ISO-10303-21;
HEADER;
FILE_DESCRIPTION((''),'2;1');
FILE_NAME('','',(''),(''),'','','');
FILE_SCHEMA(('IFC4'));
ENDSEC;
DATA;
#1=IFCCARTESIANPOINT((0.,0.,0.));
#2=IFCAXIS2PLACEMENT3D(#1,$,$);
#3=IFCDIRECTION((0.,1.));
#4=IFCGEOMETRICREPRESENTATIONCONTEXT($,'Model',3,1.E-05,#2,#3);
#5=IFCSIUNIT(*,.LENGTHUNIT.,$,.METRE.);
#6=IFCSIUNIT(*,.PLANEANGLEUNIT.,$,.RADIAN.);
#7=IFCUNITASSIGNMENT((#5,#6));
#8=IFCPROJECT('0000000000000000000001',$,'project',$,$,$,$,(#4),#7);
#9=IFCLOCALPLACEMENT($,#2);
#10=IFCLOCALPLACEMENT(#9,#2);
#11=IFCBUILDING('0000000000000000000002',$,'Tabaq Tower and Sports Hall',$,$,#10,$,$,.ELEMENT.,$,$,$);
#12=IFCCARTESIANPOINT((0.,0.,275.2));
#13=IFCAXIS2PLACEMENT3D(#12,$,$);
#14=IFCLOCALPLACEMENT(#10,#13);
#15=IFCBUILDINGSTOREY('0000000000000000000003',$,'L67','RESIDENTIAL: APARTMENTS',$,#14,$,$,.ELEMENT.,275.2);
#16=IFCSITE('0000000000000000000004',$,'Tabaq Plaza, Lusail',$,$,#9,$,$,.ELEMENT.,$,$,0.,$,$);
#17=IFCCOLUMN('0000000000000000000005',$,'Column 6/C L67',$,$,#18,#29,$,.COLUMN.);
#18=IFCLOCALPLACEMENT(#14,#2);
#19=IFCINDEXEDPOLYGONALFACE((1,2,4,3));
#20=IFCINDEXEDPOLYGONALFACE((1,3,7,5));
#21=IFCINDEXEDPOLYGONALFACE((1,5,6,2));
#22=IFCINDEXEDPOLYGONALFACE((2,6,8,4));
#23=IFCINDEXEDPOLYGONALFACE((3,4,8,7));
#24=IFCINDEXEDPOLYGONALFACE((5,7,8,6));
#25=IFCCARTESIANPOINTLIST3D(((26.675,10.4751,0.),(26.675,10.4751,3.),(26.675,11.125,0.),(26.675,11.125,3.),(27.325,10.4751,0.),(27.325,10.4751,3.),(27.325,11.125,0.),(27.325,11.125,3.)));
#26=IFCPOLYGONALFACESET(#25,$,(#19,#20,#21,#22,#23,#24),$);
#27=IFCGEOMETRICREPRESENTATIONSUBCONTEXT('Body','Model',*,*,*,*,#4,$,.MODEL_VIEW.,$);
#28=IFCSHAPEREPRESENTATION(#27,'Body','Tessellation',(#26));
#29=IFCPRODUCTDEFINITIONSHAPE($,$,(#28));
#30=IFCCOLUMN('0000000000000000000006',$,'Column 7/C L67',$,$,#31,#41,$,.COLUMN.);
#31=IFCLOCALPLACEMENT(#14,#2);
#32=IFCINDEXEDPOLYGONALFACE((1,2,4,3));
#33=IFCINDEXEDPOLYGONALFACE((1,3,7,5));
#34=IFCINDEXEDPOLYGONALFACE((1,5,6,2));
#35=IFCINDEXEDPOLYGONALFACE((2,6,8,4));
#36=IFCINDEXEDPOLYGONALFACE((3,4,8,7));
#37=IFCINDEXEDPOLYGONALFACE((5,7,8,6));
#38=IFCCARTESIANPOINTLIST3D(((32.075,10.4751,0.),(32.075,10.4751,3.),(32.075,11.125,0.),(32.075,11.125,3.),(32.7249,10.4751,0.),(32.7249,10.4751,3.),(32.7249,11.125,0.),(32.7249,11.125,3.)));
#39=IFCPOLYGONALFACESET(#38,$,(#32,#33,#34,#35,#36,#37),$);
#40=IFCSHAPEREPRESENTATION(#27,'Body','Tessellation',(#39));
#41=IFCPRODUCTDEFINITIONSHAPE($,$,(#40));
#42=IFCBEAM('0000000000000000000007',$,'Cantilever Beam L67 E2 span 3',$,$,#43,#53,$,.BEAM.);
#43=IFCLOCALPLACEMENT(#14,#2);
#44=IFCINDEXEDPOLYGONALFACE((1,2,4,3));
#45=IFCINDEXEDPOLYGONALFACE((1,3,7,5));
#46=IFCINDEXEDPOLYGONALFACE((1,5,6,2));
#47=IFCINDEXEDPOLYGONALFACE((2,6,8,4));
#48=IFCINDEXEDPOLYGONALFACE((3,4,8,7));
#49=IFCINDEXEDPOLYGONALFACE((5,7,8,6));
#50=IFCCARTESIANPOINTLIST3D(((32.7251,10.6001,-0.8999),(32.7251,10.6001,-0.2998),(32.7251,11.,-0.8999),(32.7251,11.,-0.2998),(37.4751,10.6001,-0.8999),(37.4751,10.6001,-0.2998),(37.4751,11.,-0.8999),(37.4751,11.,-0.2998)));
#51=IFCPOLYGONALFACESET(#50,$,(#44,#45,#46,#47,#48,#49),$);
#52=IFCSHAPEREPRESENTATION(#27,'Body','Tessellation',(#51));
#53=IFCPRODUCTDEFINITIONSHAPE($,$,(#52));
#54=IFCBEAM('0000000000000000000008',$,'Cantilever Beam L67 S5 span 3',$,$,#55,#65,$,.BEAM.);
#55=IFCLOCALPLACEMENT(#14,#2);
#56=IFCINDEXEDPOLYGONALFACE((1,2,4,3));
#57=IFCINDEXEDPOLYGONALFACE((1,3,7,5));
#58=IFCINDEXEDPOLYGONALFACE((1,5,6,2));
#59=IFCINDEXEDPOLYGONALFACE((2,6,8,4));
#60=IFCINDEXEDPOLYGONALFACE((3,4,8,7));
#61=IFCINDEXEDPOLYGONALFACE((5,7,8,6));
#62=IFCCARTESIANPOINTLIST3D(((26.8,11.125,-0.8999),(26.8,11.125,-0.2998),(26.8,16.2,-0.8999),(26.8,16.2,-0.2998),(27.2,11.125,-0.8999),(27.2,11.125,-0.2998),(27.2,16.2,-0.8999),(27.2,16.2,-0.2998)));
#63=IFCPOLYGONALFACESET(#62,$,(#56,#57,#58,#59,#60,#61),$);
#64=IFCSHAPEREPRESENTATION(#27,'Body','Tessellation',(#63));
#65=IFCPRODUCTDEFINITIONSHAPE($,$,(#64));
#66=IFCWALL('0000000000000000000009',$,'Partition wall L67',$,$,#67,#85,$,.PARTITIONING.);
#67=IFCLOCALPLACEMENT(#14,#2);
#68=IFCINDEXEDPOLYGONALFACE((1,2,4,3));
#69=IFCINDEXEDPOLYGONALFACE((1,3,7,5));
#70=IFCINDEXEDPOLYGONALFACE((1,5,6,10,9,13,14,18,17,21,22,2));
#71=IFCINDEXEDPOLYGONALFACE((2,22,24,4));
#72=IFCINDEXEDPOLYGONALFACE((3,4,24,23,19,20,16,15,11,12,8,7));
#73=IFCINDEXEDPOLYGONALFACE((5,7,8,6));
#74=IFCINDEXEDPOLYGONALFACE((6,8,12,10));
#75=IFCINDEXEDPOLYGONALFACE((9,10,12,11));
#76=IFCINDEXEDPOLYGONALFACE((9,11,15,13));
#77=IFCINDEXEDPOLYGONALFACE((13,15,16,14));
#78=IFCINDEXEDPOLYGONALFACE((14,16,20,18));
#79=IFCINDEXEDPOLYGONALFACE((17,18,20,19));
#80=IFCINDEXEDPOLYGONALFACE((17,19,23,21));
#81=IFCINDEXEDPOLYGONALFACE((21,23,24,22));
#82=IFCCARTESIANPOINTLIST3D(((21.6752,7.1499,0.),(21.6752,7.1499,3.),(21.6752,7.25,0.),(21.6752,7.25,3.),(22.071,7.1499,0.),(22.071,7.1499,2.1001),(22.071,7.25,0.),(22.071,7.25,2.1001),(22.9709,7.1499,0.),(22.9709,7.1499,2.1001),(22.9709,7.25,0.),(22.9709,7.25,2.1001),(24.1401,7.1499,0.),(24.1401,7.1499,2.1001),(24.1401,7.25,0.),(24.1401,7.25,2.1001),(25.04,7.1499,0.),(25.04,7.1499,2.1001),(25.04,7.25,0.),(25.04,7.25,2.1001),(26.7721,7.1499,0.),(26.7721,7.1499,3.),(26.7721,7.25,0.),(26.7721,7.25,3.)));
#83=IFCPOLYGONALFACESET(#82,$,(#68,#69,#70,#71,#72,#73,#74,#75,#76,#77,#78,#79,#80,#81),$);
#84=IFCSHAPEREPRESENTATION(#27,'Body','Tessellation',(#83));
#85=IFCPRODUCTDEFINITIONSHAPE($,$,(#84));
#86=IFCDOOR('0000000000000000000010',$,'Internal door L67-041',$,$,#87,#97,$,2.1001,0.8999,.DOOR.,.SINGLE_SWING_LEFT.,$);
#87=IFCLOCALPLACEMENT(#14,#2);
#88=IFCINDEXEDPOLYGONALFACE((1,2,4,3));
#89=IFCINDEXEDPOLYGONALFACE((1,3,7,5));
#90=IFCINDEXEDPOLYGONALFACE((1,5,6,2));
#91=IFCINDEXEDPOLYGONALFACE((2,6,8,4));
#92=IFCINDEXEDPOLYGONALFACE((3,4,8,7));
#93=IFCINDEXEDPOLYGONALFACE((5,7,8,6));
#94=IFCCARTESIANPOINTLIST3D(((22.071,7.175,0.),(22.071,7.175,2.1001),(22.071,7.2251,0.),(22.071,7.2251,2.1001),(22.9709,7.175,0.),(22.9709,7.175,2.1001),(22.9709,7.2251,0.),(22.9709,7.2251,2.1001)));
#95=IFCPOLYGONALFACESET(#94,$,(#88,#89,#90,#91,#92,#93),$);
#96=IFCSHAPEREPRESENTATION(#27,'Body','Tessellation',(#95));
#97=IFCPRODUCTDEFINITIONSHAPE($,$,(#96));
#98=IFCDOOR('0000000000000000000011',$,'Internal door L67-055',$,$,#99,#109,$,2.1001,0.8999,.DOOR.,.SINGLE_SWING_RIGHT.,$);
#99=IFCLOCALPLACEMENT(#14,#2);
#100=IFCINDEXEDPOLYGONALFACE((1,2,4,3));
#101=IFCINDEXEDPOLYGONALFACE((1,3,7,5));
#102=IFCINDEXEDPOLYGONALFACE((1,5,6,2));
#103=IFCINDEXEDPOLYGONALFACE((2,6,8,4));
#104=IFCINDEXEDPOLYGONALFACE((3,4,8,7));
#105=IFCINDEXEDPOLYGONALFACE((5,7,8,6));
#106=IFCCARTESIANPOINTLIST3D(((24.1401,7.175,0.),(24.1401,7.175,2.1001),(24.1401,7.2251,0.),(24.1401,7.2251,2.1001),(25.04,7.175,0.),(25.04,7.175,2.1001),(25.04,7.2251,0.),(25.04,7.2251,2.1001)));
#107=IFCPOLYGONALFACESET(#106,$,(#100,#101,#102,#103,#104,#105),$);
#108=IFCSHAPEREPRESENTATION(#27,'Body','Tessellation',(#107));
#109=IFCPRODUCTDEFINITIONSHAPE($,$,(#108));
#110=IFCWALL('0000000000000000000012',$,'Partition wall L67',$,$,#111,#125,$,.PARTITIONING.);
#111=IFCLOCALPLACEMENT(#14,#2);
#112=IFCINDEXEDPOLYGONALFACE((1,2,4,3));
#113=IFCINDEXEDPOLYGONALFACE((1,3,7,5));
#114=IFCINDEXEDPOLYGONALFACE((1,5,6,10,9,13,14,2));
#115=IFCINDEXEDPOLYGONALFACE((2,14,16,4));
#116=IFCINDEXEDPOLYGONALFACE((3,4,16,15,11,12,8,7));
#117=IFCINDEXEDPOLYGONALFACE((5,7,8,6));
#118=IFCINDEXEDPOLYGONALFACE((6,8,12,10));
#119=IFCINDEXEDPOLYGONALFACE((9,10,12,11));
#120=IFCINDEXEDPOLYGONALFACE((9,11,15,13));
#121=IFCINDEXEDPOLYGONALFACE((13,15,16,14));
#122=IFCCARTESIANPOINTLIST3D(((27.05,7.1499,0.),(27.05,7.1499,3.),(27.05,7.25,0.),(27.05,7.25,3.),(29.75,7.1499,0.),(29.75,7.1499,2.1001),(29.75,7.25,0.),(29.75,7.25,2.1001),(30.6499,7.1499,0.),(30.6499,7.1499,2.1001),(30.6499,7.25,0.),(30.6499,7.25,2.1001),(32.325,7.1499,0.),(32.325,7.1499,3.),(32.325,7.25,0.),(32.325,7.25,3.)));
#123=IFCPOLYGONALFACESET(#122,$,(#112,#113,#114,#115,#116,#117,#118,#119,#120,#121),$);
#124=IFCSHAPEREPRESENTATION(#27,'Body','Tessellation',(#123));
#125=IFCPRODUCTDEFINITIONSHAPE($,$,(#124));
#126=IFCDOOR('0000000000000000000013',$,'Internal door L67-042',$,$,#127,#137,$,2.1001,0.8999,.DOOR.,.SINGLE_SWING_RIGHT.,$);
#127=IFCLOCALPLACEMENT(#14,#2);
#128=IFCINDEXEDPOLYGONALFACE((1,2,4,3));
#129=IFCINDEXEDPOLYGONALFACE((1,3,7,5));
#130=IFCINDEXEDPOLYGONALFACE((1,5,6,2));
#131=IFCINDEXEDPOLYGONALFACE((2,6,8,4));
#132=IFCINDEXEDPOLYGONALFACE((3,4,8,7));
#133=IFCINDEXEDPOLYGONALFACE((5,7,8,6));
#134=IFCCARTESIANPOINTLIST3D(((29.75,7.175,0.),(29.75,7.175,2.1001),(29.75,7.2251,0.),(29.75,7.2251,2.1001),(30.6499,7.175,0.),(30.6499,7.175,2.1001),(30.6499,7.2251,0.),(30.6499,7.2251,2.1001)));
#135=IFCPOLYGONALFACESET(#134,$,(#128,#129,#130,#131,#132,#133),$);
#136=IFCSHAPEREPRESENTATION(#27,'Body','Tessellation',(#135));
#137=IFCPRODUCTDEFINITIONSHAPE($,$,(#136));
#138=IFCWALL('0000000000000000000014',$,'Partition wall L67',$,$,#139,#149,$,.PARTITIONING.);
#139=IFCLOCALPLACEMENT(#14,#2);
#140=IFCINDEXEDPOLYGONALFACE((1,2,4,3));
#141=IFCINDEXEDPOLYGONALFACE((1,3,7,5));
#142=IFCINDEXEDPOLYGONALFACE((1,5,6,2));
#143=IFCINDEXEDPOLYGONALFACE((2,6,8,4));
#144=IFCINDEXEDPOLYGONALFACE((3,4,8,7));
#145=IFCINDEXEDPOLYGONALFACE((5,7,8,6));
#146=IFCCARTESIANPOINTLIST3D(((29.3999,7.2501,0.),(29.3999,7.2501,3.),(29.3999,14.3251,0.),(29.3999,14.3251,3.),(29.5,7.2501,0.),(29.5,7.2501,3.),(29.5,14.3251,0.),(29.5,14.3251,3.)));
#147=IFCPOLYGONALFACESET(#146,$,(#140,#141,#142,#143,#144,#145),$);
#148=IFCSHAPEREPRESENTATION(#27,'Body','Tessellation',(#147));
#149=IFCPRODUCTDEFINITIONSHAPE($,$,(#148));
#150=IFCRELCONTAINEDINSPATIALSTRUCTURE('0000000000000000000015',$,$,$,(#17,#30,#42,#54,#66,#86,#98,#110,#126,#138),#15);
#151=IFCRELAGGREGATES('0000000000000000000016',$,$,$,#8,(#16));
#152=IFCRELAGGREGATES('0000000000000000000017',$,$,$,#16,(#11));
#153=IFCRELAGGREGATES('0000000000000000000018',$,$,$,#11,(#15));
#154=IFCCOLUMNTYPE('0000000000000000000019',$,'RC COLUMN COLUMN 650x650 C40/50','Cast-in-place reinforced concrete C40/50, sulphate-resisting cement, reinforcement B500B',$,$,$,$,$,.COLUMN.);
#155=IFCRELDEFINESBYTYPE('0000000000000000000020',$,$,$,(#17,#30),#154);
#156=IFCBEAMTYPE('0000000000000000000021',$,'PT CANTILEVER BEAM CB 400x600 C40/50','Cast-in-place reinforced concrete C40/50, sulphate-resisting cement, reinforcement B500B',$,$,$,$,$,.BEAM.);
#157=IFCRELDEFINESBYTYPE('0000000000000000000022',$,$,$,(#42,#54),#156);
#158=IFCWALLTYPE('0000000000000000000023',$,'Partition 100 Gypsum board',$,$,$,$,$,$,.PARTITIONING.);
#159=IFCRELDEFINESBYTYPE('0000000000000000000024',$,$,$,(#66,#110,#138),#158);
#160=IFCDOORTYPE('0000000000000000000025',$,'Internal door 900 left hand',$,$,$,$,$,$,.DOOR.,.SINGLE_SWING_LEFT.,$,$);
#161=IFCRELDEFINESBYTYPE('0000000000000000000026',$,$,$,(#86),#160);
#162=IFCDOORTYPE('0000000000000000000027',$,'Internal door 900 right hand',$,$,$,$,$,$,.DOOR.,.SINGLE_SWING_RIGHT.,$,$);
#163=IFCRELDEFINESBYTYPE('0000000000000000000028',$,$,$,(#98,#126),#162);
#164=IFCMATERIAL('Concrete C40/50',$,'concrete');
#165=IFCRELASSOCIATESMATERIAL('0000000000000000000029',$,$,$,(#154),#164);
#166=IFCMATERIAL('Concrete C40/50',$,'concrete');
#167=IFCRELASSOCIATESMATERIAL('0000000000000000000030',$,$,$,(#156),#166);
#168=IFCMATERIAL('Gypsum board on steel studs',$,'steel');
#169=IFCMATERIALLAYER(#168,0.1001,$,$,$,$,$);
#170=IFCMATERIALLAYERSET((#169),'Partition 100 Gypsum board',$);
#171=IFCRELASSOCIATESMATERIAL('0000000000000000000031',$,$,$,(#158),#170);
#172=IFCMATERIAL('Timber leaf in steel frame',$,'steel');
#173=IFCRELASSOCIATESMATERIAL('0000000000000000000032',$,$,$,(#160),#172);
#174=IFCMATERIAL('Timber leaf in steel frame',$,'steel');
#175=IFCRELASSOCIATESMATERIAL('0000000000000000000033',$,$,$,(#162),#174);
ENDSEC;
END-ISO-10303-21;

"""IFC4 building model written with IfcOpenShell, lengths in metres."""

from ifc_helpers import new_model, si_unit, direction, frame, frame_2d, origin, origin_2d, place, context, subcontext, project, spatial, rectangle, extrude, material, layer, layer_set, material_profile, profile_set, type_object, element, fill, save


model = new_model("IFC4")

# Units and contexts
model_context = context("Model", 3, precision=1e-05, world=origin(), true_north=direction((0.0, 1.0)))
body_context = subcontext(model_context, "Body", "Model", "MODEL_VIEW")
ifc_project = project(units=[si_unit("LENGTHUNIT", "METRE"), si_unit("PLANEANGLEUNIT", "RADIAN")], contexts=[model_context])

# Site, building, storey
site_placement = place(None, origin())
site = spatial("IfcSite", under=ifc_project, at=site_placement, Name="Tabaq Plaza, Lusail", CompositionType="ELEMENT", RefElevation=0.0)
building_placement = place(site_placement, origin())
building = spatial("IfcBuilding", under=site, at=building_placement, Name="Tabaq Tower and Sports Hall", CompositionType="ELEMENT")
storey_placement = place(building_placement, frame((0.0, 0.0, 275.2)))
storey = spatial("IfcBuildingStorey", under=building, at=storey_placement, Name="L67", Description="RESIDENTIAL: APARTMENTS", CompositionType="ELEMENT", Elevation=275.2)

# Columns
ifc_material_1 = material(Name="Concrete C40/50", Category="concrete")
ifc_material_profile_1 = material_profile(ifc_material_1, rectangle(XDim=0.6499, YDim=0.6499, at=origin_2d()), Name="COLUMN 650x650")
ifc_profile_set_1 = profile_set([ifc_material_profile_1], Name="Concrete C40/50")
column_type = type_object("IfcColumnType", Name="RC COLUMN COLUMN 650x650 C40/50", Description="Cast-in-place reinforced concrete C40/50, sulphate-resisting cement, reinforcement B500B", PredefinedType="COLUMN", material=ifc_profile_set_1)
for number, where, z_axis, x_axis, name in (
    (1, (27.0, 10.8, 0.0), (0.0, 0.0, 1.0), (1.0, 0.0, 0.0), "Column 6/C L67"),
    (2, (32.3999, 10.8, 0.0), (0.0, 0.0, 1.0), (1.0, 0.0, 0.0), "Column 7/C L67"),
):
    element("IfcColumn", number, at=place(storey_placement, frame(where, z_axis=z_axis, x_axis=x_axis)), inside=storey, type_object=column_type, Name=name, PredefinedType="COLUMN", context=body_context, shape_type="SweptSolid", body=[
        extrude(rectangle(XDim=0.6499, YDim=0.6499, at=origin_2d()), origin(), (0.0, 0.0, 1.0), 3.0),
    ])

# Beams
ifc_material_2 = material(Name="Concrete C40/50", Category="concrete")
ifc_material_profile_2 = material_profile(ifc_material_2, rectangle(XDim=0.3999, YDim=0.6001, at=origin_2d()), Name="CB 400x600")
ifc_profile_set_2 = profile_set([ifc_material_profile_2], Name="Concrete C40/50")
beam_type = type_object("IfcBeamType", Name="PT CANTILEVER BEAM CB 400x600 C40/50", Description="Cast-in-place reinforced concrete C40/50, sulphate-resisting cement, reinforcement B500B", PredefinedType="BEAM", material=ifc_profile_set_2)
beam_1_placement = place(storey_placement, frame((37.4751, 10.8, -0.5999), z_axis=(-1.0, 0.0, 0.0), x_axis=(0.0, -1.0, 0.0)))
element("IfcBeam", 3, at=beam_1_placement, inside=storey, type_object=beam_type, Name="Cantilever Beam L67 E2 span 3", PredefinedType="BEAM", context=body_context, shape_type="SweptSolid", body=[
    extrude(rectangle(XDim=0.3999, YDim=0.6001, at=origin_2d()), origin(), (0.0, 0.0, 1.0), 4.75),
])
beam_2_placement = place(storey_placement, frame((27.0, 11.125, -0.5999), z_axis=(0.0, 1.0, 0.0), x_axis=(-1.0, 0.0, 0.0)))
element("IfcBeam", 4, at=beam_2_placement, inside=storey, type_object=beam_type, Name="Cantilever Beam L67 S5 span 3", PredefinedType="BEAM", context=body_context, shape_type="SweptSolid", body=[
    extrude(rectangle(XDim=0.3999, YDim=0.6001, at=origin_2d()), origin(), (0.0, 0.0, 1.0), 5.075),
])

# Wall, openings, doors
ifc_material_3 = material(Name="Gypsum board on steel studs", Category="steel")
ifc_layer_1 = layer(ifc_material_3, 0.1001)
ifc_layer_set_1 = layer_set([ifc_layer_1], Name="Partition 100 Gypsum board")
wall_type_1 = type_object("IfcWallType", Name="Partition 100 Gypsum board", PredefinedType="PARTITIONING", material=ifc_layer_set_1)
wall_1_placement = place(storey_placement, frame((26.772, 7.2, 0.0), z_axis=(0.0, 0.0, 1.0), x_axis=(-1.0, 0.0, 0.0)))
wall_1 = element("IfcWall", 5, at=wall_1_placement, inside=storey, type_object=wall_type_1, Name="Partition wall L67", PredefinedType="PARTITIONING", context=body_context, shape_type="SweptSolid", body=[
    extrude(rectangle(XDim=5.0969, YDim=0.1001, at=frame_2d((2.5483, 0.0))), origin(), (0.0, 0.0, 1.0), 3.0),
])
opening_1_placement = place(wall_1_placement, frame((3.801, 0.0, 0.0)))
opening_1 = element("IfcOpeningElement", 6, at=opening_1_placement, cuts=wall_1, PredefinedType="OPENING", context=body_context, shape_type="SweptSolid", body=[
    extrude(rectangle(XDim=0.8999, YDim=2.1001, at=frame_2d((0.45, 1.05))), frame((0.0, 0.05, 0.0), z_axis=(0.0, -1.0, 0.0), x_axis=(1.0, 0.0, 0.0)), (0.0, 0.0, 1.0), 0.1001),
])
opening_2_placement = place(wall_1_placement, frame((1.7319, 0.0, 0.0)))
opening_2 = element("IfcOpeningElement", 7, at=opening_2_placement, cuts=wall_1, PredefinedType="OPENING", context=body_context, shape_type="SweptSolid", body=[
    extrude(rectangle(XDim=0.8999, YDim=2.1001, at=frame_2d((0.45, 1.05))), frame((0.0, 0.05, 0.0), z_axis=(0.0, -1.0, 0.0), x_axis=(1.0, 0.0, 0.0)), (0.0, 0.0, 1.0), 0.1001),
])
ifc_material_4 = material(Name="Timber leaf in steel frame", Category="steel")
door_type_1 = type_object("IfcDoorType", Name="Internal door 900 left hand", OperationType="SINGLE_SWING_LEFT", PredefinedType="DOOR", material=ifc_material_4)
door_1_placement = place(opening_1_placement, origin())
door_1 = element("IfcDoor", 8, at=door_1_placement, inside=storey, type_object=door_type_1, Name="Internal door L67-041", OperationType="SINGLE_SWING_LEFT", OverallHeight=2.1001, OverallWidth=0.8999, PredefinedType="DOOR", context=body_context, shape_type="SweptSolid", body=[
    extrude(rectangle(XDim=0.8999, YDim=2.1001, at=frame_2d((0.45, 1.05))), frame((0.0, 0.0249, 0.0), z_axis=(0.0, -1.0, 0.0), x_axis=(1.0, 0.0, 0.0)), (0.0, 0.0, 1.0), 0.05),
])
fill(opening_1, door_1)
ifc_material_5 = material(Name="Timber leaf in steel frame", Category="steel")
door_type_2 = type_object("IfcDoorType", Name="Internal door 900 right hand", OperationType="SINGLE_SWING_RIGHT", PredefinedType="DOOR", material=ifc_material_5)
door_2_placement = place(opening_2_placement, origin())
door_2 = element("IfcDoor", 9, at=door_2_placement, inside=storey, type_object=door_type_2, Name="Internal door L67-055", OperationType="SINGLE_SWING_RIGHT", OverallHeight=2.1001, OverallWidth=0.8999, PredefinedType="DOOR", context=body_context, shape_type="SweptSolid", body=[
    extrude(rectangle(XDim=0.8999, YDim=2.1001, at=frame_2d((0.45, 1.05))), frame((0.0, 0.0249, 0.0), z_axis=(0.0, -1.0, 0.0), x_axis=(1.0, 0.0, 0.0)), (0.0, 0.0, 1.0), 0.05),
])
fill(opening_2, door_2)

# Wall, opening, door
wall_2_placement = place(storey_placement, frame((32.325, 7.2, 0.0), z_axis=(0.0, 0.0, 1.0), x_axis=(-1.0, 0.0, 0.0)))
wall_2 = element("IfcWall", 10, at=wall_2_placement, inside=storey, type_object=wall_type_1, Name="Partition wall L67", PredefinedType="PARTITIONING", context=body_context, shape_type="SweptSolid", body=[
    extrude(rectangle(XDim=5.2749, YDim=0.1001, at=frame_2d((2.6375, 0.0))), origin(), (0.0, 0.0, 1.0), 3.0),
])
opening_3_placement = place(wall_2_placement, frame((1.675, 0.0, 0.0)))
opening_3 = element("IfcOpeningElement", 11, at=opening_3_placement, cuts=wall_2, PredefinedType="OPENING", context=body_context, shape_type="SweptSolid", body=[
    extrude(rectangle(XDim=0.8999, YDim=2.1001, at=frame_2d((0.45, 1.05))), frame((0.0, 0.05, 0.0), z_axis=(0.0, -1.0, 0.0), x_axis=(1.0, 0.0, 0.0)), (0.0, 0.0, 1.0), 0.1001),
])
door_3_placement = place(opening_3_placement, origin())
door_3 = element("IfcDoor", 12, at=door_3_placement, inside=storey, type_object=door_type_2, Name="Internal door L67-042", OperationType="SINGLE_SWING_RIGHT", OverallHeight=2.1001, OverallWidth=0.8999, PredefinedType="DOOR", context=body_context, shape_type="SweptSolid", body=[
    extrude(rectangle(XDim=0.8999, YDim=2.1001, at=frame_2d((0.45, 1.05))), frame((0.0, 0.0249, 0.0), z_axis=(0.0, -1.0, 0.0), x_axis=(1.0, 0.0, 0.0)), (0.0, 0.0, 1.0), 0.05),
])
fill(opening_3, door_3)

# Wall
wall_3_placement = place(storey_placement, frame((29.45, 7.25, 0.0), z_axis=(0.0, 0.0, 1.0), x_axis=(0.0, 1.0, 0.0)))
element("IfcWall", 13, at=wall_3_placement, inside=storey, type_object=wall_type_1, Name="Partition wall L67", PredefinedType="PARTITIONING", context=body_context, shape_type="SweptSolid", body=[
    extrude(rectangle(XDim=7.075, YDim=0.1001, at=frame_2d((3.5376, 0.0))), origin(), (0.0, 0.0, 1.0), 3.0),
])

save(model, "model.ifc")
